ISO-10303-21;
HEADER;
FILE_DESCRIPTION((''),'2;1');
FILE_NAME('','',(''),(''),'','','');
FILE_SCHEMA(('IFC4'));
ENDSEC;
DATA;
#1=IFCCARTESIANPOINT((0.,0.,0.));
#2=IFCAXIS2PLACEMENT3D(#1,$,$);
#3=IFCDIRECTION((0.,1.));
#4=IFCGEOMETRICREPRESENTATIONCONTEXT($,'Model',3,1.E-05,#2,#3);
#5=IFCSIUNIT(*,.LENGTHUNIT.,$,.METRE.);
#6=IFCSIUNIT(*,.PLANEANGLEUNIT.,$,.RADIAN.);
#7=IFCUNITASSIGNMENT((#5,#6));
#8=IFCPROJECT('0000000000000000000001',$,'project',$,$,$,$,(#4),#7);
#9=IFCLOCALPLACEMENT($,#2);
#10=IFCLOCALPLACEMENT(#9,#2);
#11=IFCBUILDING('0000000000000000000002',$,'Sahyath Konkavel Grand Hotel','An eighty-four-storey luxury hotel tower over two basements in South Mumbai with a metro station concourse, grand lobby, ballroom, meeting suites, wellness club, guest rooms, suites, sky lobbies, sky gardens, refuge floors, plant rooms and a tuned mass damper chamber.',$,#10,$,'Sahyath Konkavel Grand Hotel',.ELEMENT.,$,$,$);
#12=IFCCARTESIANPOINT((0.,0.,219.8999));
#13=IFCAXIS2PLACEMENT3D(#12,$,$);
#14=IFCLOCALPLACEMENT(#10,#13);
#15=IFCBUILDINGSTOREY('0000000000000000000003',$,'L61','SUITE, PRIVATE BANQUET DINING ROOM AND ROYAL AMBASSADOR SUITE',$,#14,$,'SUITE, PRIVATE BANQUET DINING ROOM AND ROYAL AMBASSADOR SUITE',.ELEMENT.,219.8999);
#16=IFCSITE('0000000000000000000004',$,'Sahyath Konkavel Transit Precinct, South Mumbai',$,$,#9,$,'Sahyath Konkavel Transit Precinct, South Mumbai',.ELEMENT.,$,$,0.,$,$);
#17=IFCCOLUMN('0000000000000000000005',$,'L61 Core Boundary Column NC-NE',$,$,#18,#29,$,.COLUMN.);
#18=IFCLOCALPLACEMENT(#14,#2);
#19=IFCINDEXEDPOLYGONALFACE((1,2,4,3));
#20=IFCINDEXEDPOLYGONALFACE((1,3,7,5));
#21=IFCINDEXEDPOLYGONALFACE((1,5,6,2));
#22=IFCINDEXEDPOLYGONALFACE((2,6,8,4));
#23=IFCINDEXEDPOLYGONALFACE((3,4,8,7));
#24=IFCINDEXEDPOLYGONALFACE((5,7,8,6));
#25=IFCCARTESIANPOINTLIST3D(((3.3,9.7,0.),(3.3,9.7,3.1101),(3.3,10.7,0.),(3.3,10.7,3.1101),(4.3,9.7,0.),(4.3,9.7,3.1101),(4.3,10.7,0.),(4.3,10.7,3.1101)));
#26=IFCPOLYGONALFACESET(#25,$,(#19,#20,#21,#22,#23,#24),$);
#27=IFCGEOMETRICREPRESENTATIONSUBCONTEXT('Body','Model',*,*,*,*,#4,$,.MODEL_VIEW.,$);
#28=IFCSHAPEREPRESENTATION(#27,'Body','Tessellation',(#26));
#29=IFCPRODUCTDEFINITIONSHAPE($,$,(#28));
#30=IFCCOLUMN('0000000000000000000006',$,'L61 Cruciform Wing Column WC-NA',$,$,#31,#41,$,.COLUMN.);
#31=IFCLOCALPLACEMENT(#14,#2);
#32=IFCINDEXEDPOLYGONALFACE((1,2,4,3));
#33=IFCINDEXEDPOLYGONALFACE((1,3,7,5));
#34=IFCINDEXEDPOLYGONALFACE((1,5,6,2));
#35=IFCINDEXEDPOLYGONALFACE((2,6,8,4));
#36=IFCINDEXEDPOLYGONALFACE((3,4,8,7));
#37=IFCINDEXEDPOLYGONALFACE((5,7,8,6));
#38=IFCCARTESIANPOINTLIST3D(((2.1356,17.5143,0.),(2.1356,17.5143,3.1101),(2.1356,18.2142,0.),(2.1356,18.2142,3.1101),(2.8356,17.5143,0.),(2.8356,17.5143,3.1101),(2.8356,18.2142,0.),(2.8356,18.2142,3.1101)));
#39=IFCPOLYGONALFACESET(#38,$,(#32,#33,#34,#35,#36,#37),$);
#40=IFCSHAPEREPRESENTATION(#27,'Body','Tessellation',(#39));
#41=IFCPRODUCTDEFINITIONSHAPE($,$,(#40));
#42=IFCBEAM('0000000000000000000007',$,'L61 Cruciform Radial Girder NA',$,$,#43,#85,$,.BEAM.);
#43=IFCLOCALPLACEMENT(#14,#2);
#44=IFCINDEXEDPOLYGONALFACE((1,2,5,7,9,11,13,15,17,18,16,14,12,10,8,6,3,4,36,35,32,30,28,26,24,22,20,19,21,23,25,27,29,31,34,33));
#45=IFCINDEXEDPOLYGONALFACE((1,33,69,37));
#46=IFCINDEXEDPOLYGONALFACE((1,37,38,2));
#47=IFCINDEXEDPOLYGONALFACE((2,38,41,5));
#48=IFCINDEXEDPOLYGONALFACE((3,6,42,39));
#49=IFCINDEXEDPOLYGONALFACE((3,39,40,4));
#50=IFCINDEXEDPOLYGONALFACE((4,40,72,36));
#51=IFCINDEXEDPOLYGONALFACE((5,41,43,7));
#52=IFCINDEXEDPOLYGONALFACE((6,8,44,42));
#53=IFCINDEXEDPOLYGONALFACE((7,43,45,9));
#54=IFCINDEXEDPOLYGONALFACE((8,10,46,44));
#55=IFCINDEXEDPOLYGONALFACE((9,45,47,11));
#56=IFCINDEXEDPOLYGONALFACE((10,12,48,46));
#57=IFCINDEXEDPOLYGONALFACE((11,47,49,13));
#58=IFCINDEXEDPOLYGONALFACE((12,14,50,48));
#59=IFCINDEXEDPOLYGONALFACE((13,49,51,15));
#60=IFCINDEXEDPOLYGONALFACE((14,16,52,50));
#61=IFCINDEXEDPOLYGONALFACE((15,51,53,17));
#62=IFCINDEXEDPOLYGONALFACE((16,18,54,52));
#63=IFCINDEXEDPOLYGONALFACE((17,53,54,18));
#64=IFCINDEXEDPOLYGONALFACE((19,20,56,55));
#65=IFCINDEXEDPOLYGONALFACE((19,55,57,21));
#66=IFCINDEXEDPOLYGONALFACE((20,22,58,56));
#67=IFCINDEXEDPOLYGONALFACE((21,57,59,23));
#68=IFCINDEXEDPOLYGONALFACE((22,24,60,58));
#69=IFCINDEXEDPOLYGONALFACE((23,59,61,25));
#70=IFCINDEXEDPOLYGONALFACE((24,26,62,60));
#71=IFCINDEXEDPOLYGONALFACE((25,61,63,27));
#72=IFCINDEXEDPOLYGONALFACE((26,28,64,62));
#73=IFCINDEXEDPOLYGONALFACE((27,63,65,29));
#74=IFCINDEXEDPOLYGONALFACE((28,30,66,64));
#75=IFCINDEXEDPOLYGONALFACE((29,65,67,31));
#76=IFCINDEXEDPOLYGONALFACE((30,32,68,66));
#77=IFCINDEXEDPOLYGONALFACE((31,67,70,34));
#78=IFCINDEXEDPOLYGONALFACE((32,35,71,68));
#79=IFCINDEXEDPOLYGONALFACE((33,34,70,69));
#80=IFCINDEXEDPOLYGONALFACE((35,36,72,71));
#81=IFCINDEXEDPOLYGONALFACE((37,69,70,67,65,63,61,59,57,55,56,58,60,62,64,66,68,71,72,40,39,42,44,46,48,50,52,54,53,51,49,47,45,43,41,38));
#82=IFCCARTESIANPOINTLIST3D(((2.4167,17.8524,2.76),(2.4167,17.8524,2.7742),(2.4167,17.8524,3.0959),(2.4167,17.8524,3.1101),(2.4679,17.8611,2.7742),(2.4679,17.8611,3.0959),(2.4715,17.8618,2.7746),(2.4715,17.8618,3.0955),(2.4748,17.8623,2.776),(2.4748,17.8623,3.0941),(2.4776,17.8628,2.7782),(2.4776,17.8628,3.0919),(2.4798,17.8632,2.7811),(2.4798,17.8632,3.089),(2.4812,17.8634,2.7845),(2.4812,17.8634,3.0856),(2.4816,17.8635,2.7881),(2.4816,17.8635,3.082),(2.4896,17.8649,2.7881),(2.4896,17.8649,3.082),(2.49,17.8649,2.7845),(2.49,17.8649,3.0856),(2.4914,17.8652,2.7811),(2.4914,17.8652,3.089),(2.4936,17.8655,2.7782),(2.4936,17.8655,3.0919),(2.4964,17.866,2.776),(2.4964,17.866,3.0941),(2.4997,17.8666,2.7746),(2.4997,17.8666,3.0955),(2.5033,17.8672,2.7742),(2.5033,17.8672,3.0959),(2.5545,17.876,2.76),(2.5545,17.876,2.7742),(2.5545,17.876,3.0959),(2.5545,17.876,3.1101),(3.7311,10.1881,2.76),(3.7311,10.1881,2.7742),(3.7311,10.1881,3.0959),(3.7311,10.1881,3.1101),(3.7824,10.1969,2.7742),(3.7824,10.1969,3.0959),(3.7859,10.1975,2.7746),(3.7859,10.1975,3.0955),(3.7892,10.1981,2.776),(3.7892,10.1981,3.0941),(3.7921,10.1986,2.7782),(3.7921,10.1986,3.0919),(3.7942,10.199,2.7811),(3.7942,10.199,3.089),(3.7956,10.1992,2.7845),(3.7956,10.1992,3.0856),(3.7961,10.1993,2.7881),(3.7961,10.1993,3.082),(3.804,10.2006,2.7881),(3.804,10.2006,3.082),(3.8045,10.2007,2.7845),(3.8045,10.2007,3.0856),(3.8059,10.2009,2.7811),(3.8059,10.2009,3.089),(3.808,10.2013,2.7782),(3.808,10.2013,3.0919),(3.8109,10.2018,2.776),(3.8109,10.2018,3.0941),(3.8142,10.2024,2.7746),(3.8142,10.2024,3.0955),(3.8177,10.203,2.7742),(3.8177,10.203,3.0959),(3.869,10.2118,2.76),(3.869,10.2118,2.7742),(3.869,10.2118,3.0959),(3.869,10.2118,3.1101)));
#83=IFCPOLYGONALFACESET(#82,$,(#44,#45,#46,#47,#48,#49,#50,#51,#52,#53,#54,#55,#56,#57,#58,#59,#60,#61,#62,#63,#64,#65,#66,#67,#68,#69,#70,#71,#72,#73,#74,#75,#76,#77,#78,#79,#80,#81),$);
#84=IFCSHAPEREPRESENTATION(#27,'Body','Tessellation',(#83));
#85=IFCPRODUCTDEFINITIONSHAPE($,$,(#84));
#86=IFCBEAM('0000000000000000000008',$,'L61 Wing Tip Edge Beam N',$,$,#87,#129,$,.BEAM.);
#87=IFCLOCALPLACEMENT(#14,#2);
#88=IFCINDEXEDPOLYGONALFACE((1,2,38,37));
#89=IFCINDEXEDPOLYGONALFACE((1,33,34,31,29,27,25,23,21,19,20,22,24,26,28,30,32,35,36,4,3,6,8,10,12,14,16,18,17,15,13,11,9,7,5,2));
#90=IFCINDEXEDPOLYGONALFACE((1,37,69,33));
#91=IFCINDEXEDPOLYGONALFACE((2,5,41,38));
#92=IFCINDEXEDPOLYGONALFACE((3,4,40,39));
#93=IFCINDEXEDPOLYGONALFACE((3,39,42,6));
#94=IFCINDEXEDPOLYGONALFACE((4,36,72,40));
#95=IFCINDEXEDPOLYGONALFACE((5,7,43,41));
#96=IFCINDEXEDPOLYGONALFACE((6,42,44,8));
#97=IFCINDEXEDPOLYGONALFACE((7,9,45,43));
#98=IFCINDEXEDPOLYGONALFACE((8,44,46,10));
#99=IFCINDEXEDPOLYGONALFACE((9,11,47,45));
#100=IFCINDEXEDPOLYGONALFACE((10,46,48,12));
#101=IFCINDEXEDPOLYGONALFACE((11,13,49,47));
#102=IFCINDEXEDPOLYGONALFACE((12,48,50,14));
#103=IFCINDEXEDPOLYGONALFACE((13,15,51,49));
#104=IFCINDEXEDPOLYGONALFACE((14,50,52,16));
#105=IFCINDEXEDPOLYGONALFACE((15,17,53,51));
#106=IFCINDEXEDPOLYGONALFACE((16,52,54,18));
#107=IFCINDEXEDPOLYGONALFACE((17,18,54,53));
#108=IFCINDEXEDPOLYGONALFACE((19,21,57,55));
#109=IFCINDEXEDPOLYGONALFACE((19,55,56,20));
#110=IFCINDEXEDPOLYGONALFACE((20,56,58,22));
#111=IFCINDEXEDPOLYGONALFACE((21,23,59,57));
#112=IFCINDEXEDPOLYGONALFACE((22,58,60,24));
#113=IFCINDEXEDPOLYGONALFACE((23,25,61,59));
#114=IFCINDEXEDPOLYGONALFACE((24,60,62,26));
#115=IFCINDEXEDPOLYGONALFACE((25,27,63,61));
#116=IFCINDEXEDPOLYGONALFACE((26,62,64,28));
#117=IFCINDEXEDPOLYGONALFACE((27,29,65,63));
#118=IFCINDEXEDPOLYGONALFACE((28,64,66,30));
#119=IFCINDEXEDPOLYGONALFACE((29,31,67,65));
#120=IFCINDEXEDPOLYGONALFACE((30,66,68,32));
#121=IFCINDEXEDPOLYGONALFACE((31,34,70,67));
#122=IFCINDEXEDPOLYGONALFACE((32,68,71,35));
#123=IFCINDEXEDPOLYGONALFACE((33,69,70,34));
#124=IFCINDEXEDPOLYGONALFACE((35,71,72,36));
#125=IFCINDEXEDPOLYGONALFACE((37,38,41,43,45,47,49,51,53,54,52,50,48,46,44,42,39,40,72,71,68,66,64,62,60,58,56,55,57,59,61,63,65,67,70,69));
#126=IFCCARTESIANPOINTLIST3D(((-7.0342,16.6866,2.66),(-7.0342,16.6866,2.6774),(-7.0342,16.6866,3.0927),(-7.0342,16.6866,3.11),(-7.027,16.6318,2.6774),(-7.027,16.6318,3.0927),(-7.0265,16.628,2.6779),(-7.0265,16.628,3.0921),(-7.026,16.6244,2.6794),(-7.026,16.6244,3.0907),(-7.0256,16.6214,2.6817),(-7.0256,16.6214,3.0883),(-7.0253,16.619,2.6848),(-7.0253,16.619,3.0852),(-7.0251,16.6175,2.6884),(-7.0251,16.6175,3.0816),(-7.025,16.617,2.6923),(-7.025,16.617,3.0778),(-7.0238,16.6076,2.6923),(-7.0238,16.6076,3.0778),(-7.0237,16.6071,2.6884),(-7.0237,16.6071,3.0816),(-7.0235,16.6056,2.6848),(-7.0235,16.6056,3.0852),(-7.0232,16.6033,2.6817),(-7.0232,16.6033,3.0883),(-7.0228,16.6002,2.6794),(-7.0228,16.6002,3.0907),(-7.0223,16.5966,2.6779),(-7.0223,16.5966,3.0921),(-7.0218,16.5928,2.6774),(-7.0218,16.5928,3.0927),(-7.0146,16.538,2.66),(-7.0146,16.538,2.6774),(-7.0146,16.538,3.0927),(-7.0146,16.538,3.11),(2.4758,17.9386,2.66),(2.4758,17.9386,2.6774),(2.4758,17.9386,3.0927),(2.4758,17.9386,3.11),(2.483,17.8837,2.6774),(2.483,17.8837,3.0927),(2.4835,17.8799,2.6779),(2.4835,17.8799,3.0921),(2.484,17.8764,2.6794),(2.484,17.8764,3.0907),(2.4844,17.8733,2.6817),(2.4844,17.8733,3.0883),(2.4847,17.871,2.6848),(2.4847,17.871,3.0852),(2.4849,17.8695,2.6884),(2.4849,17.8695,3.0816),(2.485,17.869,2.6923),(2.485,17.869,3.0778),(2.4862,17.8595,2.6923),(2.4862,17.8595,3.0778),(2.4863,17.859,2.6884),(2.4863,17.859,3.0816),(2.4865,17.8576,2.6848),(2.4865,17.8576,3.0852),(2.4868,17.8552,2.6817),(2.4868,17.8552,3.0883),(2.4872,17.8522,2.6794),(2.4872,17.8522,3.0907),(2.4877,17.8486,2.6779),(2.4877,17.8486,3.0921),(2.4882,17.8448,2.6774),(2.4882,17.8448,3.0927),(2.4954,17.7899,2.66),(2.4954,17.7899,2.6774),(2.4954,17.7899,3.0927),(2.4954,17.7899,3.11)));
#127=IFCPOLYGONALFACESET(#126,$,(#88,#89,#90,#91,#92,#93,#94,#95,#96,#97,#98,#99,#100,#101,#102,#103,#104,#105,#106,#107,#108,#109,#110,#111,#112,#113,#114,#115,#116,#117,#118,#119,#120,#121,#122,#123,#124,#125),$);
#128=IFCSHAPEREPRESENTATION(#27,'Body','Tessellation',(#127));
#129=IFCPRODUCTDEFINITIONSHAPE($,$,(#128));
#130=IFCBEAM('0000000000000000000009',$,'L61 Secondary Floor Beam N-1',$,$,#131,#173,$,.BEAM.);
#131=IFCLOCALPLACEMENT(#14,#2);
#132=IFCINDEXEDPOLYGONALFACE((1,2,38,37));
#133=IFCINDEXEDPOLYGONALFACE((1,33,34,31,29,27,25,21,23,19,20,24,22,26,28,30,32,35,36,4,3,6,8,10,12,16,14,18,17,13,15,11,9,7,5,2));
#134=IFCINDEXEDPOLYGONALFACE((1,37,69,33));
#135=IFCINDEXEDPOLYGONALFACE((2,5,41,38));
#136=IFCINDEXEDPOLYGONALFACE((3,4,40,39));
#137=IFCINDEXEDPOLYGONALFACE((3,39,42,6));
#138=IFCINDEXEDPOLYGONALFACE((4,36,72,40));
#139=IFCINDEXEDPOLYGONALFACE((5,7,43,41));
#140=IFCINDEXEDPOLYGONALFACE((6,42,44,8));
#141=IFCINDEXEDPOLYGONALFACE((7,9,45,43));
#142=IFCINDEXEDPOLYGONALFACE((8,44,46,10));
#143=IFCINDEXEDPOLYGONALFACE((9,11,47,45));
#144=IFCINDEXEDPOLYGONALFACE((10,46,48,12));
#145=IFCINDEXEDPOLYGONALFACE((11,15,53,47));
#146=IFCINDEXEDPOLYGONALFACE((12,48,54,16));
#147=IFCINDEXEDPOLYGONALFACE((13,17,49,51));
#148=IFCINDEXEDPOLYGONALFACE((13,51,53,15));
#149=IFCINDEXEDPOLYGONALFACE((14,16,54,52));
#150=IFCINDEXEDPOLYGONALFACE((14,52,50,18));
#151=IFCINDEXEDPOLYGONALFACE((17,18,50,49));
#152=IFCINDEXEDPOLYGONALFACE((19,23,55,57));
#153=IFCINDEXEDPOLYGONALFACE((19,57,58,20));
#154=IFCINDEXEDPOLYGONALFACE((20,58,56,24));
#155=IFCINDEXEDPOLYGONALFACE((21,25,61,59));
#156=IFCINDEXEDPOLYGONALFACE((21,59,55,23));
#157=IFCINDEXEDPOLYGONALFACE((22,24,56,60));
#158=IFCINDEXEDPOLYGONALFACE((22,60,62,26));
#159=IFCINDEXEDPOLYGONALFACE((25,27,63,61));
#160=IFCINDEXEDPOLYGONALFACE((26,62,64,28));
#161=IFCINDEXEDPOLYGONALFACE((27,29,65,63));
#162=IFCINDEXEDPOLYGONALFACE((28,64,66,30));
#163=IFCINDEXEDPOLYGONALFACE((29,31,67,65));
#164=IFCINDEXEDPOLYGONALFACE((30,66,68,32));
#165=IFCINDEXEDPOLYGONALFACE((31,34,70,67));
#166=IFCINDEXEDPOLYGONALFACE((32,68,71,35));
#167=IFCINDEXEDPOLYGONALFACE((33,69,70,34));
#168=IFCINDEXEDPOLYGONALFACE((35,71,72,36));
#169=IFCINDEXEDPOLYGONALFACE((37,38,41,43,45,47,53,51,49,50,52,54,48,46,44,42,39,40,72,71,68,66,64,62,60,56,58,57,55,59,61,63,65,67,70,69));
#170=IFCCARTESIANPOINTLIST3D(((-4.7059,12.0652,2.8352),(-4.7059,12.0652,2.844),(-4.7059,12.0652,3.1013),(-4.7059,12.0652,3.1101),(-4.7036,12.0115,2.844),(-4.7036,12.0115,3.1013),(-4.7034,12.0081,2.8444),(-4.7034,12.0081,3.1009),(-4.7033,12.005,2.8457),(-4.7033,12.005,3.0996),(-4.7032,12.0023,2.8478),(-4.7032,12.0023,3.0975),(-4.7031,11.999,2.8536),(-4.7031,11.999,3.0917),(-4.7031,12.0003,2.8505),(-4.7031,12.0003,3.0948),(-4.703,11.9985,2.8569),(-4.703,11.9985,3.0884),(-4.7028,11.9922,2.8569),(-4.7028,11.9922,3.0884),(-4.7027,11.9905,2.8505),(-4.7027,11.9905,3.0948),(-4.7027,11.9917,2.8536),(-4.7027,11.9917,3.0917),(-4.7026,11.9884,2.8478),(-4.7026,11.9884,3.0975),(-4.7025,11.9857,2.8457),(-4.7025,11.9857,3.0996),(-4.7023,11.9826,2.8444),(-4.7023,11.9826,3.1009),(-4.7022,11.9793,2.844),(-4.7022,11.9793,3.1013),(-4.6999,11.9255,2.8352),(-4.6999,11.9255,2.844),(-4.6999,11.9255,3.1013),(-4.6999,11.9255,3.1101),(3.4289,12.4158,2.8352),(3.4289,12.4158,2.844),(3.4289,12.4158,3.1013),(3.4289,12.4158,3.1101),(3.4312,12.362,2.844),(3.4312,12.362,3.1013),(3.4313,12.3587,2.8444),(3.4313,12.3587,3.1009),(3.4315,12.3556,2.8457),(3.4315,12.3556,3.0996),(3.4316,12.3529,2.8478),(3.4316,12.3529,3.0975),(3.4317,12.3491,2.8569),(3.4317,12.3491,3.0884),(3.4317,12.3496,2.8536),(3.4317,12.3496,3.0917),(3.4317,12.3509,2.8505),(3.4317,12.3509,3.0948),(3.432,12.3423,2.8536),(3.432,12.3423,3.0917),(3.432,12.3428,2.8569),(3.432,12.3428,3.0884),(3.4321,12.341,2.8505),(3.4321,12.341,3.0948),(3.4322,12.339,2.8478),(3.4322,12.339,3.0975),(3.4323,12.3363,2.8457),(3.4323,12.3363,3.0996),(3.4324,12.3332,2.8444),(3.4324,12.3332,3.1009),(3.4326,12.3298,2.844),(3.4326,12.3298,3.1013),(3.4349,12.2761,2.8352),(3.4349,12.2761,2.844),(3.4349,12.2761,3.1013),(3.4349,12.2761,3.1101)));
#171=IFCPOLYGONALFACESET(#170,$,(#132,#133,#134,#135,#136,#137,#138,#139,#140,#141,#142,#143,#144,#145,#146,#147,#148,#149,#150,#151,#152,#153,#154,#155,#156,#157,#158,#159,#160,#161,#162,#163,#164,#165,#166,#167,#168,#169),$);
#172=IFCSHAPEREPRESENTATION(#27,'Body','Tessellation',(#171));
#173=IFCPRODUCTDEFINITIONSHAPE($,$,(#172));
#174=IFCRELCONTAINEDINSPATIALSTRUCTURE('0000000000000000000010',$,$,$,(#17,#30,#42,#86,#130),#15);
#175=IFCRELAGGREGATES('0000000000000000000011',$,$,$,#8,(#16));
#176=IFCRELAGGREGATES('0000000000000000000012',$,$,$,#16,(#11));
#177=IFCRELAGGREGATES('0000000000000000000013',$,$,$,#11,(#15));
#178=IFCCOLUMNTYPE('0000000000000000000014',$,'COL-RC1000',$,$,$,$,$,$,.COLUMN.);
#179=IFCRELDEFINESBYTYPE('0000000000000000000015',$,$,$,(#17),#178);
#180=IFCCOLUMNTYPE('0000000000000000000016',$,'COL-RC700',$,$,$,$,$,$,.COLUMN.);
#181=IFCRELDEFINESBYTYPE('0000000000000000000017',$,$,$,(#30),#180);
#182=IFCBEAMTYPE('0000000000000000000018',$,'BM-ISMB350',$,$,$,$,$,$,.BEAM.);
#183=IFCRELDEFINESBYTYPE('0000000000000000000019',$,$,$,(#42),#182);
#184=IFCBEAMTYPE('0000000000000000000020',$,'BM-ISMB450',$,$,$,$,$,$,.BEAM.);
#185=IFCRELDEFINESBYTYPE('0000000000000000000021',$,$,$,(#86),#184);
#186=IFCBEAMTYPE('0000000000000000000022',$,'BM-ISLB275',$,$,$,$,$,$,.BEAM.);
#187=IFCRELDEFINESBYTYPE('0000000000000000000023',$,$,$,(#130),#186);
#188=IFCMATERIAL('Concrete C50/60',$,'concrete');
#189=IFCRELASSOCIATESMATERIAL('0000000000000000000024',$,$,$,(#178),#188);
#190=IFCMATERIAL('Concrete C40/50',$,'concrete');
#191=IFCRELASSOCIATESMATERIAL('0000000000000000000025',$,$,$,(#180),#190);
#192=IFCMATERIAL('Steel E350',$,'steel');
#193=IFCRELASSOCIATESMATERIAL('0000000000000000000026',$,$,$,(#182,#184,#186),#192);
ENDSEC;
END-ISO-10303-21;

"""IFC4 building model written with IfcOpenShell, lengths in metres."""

from ifc_helpers import new_model, si_unit, direction, frame, origin, origin_2d, place, context, subcontext, project, spatial, rectangle, i_section, extrude, source, transform, mapped, material, material_profile, profile_set, type_object, element, save


model = new_model("IFC4")

# Units and contexts
model_context = context("Model", 3, precision=1e-05, world=origin(), true_north=direction((0.0, 1.0)))
body_context = subcontext(model_context, "Body", "Model", "MODEL_VIEW")
ifc_project = project(units=[si_unit("LENGTHUNIT", "METRE"), si_unit("PLANEANGLEUNIT", "RADIAN")], contexts=[model_context])

# Site, building, storey
site_placement = place(None, origin())
site = spatial("IfcSite", under=ifc_project, at=site_placement, Name="Sahyath Konkavel Transit Precinct, South Mumbai", LongName="Sahyath Konkavel Transit Precinct, South Mumbai", CompositionType="ELEMENT", RefElevation=0.0)
building_placement = place(site_placement, origin())
building = spatial("IfcBuilding", under=site, at=building_placement, Name="Sahyath Konkavel Grand Hotel", Description="An eighty-four-storey luxury hotel tower over two basements in South Mumbai with a metro station concourse, grand lobby, ballroom, meeting suites, wellness club, guest rooms, suites, sky lobbies, sky gardens, refuge floors, plant rooms and a tuned mass damper chamber.", LongName="Sahyath Konkavel Grand Hotel", CompositionType="ELEMENT")
storey_placement = place(building_placement, frame((0.0, 0.0, 219.8999)))
storey = spatial("IfcBuildingStorey", under=building, at=storey_placement, Name="L61", Description="SUITE, PRIVATE BANQUET DINING ROOM AND ROYAL AMBASSADOR SUITE", LongName="SUITE, PRIVATE BANQUET DINING ROOM AND ROYAL AMBASSADOR SUITE", CompositionType="ELEMENT", Elevation=219.8999)

# Columns
ifc_material_1 = material(Name="Concrete C50/60", Category="concrete")
ifc_material_profile_1 = material_profile(ifc_material_1, rectangle(XDim=1.0, YDim=1.0, at=origin_2d()), Name="RC 1000x1000")
ifc_profile_set_1 = profile_set([ifc_material_profile_1], Name="Concrete C50/60")
column_type_1 = type_object("IfcColumnType", Name="COL-RC1000", PredefinedType="COLUMN", material=ifc_profile_set_1)
shared_shape_1 = source(origin(), body_context, "Body", "SweptSolid", [
    extrude(rectangle(XDim=1.0, YDim=1.0, at=origin_2d()), origin(), (0.0, 0.0, 1.0), 3.1101),
])
column_1_placement = place(storey_placement, frame((3.8, 10.2, 0.0), z_axis=(0.0, 0.0, 1.0), x_axis=(1.0, 0.0, 0.0)))
element("IfcColumn", 1, at=column_1_placement, inside=storey, type_object=column_type_1, Name="L61 Core Boundary Column NC-NE", PredefinedType="COLUMN", context=body_context, shape_type="MappedRepresentation", body=[
    mapped(shared_shape_1, transform((0.0, 0.0, 0.0), scale=1.0)),
])
ifc_material_2 = material(Name="Concrete C40/50", Category="concrete")
ifc_material_profile_2 = material_profile(ifc_material_2, rectangle(XDim=0.7, YDim=0.7, at=origin_2d()), Name="RC 700x700")
ifc_profile_set_2 = profile_set([ifc_material_profile_2], Name="Concrete C40/50")
column_type_2 = type_object("IfcColumnType", Name="COL-RC700", PredefinedType="COLUMN", material=ifc_profile_set_2)
shared_shape_2 = source(origin(), body_context, "Body", "SweptSolid", [
    extrude(rectangle(XDim=0.7, YDim=0.7, at=origin_2d()), origin(), (0.0, 0.0, 1.0), 3.1101),
])
column_2_placement = place(storey_placement, frame((2.4856, 17.8643, 0.0), z_axis=(0.0, 0.0, 1.0), x_axis=(1.0, 0.0, 0.0)))
element("IfcColumn", 2, at=column_2_placement, inside=storey, type_object=column_type_2, Name="L61 Cruciform Wing Column WC-NA", PredefinedType="COLUMN", context=body_context, shape_type="MappedRepresentation", body=[
    mapped(shared_shape_2, transform((0.0, 0.0, 0.0), scale=1.0)),
])

# Beams
ifc_material_3 = material(Name="Steel E350", Category="steel")
ifc_material_profile_3 = material_profile(ifc_material_3, i_section(OverallWidth=0.1399, OverallDepth=0.3501, WebThickness=0.0081, FlangeThickness=0.0142, FilletRadius=0.0139, at=origin_2d()), Name="ISMB 350")
ifc_profile_set_3 = profile_set([ifc_material_profile_3], Name="Steel E350")
beam_type_1 = type_object("IfcBeamType", Name="BM-ISMB350", PredefinedType="BEAM", material=ifc_profile_set_3)
shared_shape_3 = source(origin(), body_context, "Body", "SweptSolid", [
    extrude(i_section(OverallWidth=0.1399, OverallDepth=0.3501, WebThickness=0.0081, FlangeThickness=0.0142, FilletRadius=0.0139, at=origin_2d()), origin(), (0.0, 0.0, 1.0), 7.7761),
])
beam_1_placement = place(storey_placement, frame((3.8, 10.2, 2.9351), z_axis=(-0.169035, 0.98561, 0.0), x_axis=(-0.98561, -0.169035, 0.0)))
element("IfcBeam", 3, at=beam_1_placement, inside=storey, type_object=beam_type_1, Name="L61 Cruciform Radial Girder NA", PredefinedType="BEAM", context=body_context, shape_type="MappedRepresentation", body=[
    mapped(shared_shape_3, transform((0.0, 0.0, 0.0), scale=1.0)),
])
ifc_material_profile_4 = material_profile(ifc_material_3, i_section(OverallWidth=0.1499, OverallDepth=0.45, WebThickness=0.0095, FlangeThickness=0.0173, FilletRadius=0.0149, at=origin_2d()), Name="ISMB 450")
ifc_profile_set_4 = profile_set([ifc_material_profile_4], Name="Steel E350")
beam_type_2 = type_object("IfcBeamType", Name="BM-ISMB450", PredefinedType="BEAM", material=ifc_profile_set_4)
shared_shape_4 = source(origin(), body_context, "Body", "SweptSolid", [
    extrude(i_section(OverallWidth=0.1499, OverallDepth=0.45, WebThickness=0.0095, FlangeThickness=0.0173, FilletRadius=0.0149, at=origin_2d()), origin(), (0.0, 0.0, 1.0), 9.592),
])
beam_2_placement = place(storey_placement, frame((2.4856, 17.8643, 2.885), z_axis=(-0.991446, -0.13052, 0.0), x_axis=(0.13052, -0.991446, 0.0)))
element("IfcBeam", 4, at=beam_2_placement, inside=storey, type_object=beam_type_2, Name="L61 Wing Tip Edge Beam N", PredefinedType="BEAM", context=body_context, shape_type="MappedRepresentation", body=[
    mapped(shared_shape_4, transform((0.0, 0.0, 0.0), scale=1.0)),
])
ifc_material_profile_5 = material_profile(ifc_material_3, i_section(OverallWidth=0.1399, OverallDepth=0.2749, WebThickness=0.0063, FlangeThickness=0.0088, FilletRadius=0.0129, at=origin_2d()), Name="ISLB 275")
ifc_profile_set_5 = profile_set([ifc_material_profile_5], Name="Steel E350")
beam_type_3 = type_object("IfcBeamType", Name="BM-ISLB275", PredefinedType="BEAM", material=ifc_profile_set_5)
shared_shape_5 = source(origin(), body_context, "Body", "SweptSolid", [
    extrude(i_section(OverallWidth=0.1399, OverallDepth=0.2749, WebThickness=0.0063, FlangeThickness=0.0088, FilletRadius=0.0129, at=origin_2d()), origin(), (0.0, 0.0, 1.0), 8.1423),
])
beam_3_placement = place(storey_placement, frame((3.4319, 12.3459, 2.9727), z_axis=(-0.999073, -0.043057, 0.0), x_axis=(0.043057, -0.999073, 0.0)))
element("IfcBeam", 5, at=beam_3_placement, inside=storey, type_object=beam_type_3, Name="L61 Secondary Floor Beam N-1", PredefinedType="BEAM", context=body_context, shape_type="MappedRepresentation", body=[
    mapped(shared_shape_5, transform((0.0, 0.0, 0.0), scale=1.0)),
])

save(model, "model.ifc")
